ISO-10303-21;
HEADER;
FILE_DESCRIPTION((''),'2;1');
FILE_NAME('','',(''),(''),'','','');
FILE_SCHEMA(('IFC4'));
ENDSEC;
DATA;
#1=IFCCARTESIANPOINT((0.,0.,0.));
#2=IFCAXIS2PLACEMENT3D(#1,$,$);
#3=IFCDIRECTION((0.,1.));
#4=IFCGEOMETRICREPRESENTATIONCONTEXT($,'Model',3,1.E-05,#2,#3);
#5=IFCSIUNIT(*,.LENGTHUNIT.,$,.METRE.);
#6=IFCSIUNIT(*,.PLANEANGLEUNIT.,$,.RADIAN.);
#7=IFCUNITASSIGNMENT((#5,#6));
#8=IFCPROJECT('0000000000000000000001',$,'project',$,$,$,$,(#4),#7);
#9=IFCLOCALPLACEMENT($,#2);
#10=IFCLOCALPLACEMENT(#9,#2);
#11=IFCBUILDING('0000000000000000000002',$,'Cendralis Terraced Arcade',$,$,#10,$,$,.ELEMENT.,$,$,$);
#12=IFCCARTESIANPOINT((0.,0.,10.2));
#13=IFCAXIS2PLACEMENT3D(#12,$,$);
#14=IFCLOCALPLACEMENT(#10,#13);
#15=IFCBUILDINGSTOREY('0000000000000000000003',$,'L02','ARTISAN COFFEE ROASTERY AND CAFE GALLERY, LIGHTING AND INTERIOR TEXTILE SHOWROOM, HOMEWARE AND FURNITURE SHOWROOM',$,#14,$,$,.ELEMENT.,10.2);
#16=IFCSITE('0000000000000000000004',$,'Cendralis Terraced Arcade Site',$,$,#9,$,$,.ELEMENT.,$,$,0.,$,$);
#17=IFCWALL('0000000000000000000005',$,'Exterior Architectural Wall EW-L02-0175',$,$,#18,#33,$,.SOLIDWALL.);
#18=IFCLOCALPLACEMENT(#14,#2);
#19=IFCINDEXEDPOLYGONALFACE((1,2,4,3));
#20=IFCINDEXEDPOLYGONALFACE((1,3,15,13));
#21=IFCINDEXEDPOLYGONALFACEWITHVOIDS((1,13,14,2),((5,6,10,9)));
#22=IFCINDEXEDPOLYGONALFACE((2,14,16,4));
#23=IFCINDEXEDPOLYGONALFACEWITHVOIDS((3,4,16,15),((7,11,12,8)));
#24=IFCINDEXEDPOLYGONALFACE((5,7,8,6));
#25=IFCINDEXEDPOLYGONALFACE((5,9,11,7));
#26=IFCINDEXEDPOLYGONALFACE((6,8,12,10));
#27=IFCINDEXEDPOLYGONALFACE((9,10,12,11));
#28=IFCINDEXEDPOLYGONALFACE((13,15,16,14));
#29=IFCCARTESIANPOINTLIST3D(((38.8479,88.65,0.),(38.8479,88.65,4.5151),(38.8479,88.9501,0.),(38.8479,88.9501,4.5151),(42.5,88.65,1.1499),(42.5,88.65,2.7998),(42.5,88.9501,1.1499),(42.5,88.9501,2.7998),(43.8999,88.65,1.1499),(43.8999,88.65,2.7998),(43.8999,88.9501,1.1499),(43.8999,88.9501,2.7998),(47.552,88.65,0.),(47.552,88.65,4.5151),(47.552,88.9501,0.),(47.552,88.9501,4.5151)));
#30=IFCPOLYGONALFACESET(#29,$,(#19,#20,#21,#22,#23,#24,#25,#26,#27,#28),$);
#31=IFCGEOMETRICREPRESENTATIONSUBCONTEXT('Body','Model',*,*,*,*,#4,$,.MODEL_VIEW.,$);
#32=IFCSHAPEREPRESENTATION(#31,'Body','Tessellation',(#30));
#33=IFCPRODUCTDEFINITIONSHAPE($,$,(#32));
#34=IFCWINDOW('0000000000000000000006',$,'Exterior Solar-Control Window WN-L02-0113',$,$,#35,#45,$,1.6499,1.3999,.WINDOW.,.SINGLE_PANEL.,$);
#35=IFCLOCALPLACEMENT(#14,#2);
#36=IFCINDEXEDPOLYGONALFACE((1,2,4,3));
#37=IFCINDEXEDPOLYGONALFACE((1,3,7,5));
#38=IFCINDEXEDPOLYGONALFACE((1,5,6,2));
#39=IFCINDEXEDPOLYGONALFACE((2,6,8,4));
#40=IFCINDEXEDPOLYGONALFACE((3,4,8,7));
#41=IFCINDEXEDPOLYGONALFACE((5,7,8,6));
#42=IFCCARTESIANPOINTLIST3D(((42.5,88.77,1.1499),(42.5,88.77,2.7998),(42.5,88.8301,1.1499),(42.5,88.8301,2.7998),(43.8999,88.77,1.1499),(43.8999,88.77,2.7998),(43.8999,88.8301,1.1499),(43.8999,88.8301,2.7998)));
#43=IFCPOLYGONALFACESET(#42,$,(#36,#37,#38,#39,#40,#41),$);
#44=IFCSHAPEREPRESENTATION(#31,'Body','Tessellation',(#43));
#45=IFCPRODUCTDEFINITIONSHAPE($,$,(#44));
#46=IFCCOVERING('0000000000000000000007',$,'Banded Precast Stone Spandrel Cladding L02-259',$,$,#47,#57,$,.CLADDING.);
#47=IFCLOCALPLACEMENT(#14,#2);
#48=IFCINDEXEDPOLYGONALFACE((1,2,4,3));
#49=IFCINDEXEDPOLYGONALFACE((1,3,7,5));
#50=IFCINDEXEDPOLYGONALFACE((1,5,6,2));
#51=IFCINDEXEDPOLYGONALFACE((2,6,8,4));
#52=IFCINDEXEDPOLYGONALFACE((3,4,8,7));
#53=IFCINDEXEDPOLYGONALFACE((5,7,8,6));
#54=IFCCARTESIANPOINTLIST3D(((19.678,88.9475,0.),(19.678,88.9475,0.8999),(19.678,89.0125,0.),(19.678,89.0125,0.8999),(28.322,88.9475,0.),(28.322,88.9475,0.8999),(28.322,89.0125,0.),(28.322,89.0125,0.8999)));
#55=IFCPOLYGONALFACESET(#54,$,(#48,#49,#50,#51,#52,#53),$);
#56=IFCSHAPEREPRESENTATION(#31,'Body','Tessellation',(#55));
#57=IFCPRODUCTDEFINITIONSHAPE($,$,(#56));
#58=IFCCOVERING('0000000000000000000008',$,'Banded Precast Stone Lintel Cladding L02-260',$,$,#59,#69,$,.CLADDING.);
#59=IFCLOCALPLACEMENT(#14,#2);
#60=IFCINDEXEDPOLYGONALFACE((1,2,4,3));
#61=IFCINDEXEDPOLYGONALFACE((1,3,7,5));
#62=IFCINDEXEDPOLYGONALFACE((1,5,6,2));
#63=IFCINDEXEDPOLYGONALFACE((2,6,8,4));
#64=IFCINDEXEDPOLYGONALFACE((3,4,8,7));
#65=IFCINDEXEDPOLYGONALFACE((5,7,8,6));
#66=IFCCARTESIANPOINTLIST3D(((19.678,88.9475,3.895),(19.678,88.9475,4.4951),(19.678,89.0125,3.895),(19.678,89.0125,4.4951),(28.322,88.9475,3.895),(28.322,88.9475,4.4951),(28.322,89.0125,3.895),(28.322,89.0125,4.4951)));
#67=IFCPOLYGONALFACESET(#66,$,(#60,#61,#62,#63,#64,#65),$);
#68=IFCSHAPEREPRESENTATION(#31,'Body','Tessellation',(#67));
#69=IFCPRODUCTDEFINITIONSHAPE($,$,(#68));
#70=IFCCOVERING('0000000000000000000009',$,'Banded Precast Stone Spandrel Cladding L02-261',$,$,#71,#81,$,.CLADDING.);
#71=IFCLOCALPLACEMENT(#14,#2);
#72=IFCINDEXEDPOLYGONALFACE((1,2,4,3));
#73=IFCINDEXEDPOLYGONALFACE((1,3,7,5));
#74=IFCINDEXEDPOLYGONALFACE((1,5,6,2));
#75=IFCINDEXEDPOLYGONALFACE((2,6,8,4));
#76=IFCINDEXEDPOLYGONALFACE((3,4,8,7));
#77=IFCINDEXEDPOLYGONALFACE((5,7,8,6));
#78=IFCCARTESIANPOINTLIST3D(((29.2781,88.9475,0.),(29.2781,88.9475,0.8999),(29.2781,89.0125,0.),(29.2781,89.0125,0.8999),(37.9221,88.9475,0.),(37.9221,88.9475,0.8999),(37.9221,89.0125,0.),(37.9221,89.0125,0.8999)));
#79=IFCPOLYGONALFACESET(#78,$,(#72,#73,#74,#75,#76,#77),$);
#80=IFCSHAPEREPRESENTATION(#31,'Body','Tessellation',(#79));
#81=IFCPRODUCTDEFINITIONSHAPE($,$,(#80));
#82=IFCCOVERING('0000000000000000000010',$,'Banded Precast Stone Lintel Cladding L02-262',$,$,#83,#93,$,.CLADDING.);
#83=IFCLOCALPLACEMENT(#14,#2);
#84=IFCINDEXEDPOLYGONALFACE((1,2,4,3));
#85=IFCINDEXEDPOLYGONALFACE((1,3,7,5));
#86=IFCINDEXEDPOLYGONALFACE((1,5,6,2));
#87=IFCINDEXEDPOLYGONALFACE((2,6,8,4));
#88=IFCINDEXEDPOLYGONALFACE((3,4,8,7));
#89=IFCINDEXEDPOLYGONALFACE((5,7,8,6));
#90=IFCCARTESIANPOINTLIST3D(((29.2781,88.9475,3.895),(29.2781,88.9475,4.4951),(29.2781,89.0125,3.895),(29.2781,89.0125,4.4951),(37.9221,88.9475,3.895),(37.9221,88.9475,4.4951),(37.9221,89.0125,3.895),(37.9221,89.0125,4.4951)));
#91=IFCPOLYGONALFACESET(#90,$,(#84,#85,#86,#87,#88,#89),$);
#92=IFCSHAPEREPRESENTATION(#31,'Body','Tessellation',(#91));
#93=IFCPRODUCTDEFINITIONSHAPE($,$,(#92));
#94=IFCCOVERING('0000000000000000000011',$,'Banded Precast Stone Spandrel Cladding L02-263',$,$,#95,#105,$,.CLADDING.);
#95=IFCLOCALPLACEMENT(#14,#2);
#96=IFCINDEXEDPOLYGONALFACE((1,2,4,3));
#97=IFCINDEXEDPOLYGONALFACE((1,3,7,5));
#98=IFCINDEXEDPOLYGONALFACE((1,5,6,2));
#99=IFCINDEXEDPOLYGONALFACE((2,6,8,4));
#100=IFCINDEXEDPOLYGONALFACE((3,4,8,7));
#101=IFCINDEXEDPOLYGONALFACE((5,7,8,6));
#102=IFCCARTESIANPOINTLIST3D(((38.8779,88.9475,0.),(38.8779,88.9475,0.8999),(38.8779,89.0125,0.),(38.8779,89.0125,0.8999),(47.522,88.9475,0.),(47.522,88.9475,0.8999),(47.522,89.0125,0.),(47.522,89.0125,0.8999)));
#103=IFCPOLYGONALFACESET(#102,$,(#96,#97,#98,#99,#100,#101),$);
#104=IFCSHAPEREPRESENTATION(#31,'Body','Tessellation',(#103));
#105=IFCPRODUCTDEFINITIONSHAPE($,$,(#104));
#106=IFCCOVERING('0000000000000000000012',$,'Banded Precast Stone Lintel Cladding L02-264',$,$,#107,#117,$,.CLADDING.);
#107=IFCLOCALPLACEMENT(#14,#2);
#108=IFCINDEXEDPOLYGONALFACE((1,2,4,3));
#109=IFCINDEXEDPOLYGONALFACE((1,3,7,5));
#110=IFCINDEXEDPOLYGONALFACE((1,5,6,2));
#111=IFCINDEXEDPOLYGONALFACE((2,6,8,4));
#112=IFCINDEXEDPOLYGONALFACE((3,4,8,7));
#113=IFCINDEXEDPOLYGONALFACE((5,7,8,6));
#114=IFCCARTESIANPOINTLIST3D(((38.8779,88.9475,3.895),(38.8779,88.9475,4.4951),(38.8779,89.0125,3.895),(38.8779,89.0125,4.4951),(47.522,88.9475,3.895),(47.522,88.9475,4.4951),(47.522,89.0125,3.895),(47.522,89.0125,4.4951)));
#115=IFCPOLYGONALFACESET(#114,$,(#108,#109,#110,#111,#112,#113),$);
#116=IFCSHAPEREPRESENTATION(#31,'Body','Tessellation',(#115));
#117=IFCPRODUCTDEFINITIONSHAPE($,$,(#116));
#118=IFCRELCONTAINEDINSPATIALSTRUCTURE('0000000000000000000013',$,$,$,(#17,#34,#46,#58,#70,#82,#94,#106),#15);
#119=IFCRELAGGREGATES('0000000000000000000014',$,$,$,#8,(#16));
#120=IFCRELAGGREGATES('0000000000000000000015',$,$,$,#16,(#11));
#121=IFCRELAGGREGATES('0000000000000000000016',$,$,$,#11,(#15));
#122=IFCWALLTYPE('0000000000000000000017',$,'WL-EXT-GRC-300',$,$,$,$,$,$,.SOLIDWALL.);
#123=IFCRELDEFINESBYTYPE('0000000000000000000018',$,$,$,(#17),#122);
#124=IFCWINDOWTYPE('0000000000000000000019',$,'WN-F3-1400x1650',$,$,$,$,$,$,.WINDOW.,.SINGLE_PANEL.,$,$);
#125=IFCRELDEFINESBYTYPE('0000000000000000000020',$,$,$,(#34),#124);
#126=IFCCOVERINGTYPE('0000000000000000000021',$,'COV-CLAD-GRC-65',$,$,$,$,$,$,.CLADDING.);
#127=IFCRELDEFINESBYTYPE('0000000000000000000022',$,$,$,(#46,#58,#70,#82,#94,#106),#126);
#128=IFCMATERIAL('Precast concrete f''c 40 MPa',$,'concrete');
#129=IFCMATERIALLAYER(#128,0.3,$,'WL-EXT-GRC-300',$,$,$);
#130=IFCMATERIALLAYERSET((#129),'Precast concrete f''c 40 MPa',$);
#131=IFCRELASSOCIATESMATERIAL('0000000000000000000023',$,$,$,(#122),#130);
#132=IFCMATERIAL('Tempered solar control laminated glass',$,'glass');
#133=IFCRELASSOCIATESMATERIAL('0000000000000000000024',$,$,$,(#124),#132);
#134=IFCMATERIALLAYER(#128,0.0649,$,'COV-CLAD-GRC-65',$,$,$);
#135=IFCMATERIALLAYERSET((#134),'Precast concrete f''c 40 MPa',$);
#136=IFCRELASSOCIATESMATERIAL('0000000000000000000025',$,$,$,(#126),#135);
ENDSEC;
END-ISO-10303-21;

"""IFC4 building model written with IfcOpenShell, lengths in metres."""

from ifc_helpers import new_model, si_unit, direction, frame, frame_2d, origin, origin_2d, place, context, subcontext, project, spatial, rectangle, extrude, material, layer, layer_set, type_object, element, fill, save


model = new_model("IFC4")

# Units and contexts
model_context = context("Model", 3, precision=1e-05, world=origin(), true_north=direction((0.0, 1.0)))
body_context = subcontext(model_context, "Body", "Model", "MODEL_VIEW")
ifc_project = project(units=[si_unit("LENGTHUNIT", "METRE"), si_unit("PLANEANGLEUNIT", "RADIAN")], contexts=[model_context])

# Site, building, storey
site_placement = place(None, origin())
site = spatial("IfcSite", under=ifc_project, at=site_placement, Name="Cendralis Terraced Arcade Site", CompositionType="ELEMENT", RefElevation=0.0)
building_placement = place(site_placement, origin())
building = spatial("IfcBuilding", under=site, at=building_placement, Name="Cendralis Terraced Arcade", CompositionType="ELEMENT")
storey_placement = place(building_placement, frame((0.0, 0.0, 10.2)))
storey = spatial("IfcBuildingStorey", under=building, at=storey_placement, Name="L02", Description="ARTISAN COFFEE ROASTERY AND CAFE GALLERY, LIGHTING AND INTERIOR TEXTILE SHOWROOM, HOMEWARE AND FURNITURE SHOWROOM", CompositionType="ELEMENT", Elevation=10.2)

# Wall, opening, window
ifc_material_1 = material(Name="Precast concrete f'c 40 MPa", Category="concrete")
ifc_layer_1 = layer(ifc_material_1, 0.3, Name="WL-EXT-GRC-300")
ifc_layer_set_1 = layer_set([ifc_layer_1], Name="Precast concrete f'c 40 MPa")
wall_type_1 = type_object("IfcWallType", Name="WL-EXT-GRC-300", PredefinedType="SOLIDWALL", material=ifc_layer_set_1)
ifc_material_2 = material(Name="Tempered solar control laminated glass", Category="glass")
wall_1_placement = place(storey_placement, frame((38.8479, 88.8, 0.0), z_axis=(0.0, 0.0, 1.0), x_axis=(1.0, 0.0, 0.0)))
wall_1 = element("IfcWall", 1, at=wall_1_placement, inside=storey, type_object=wall_type_1, Name="Exterior Architectural Wall EW-L02-0175", PredefinedType="SOLIDWALL", context=body_context, shape_type="SweptSolid", body=[
    extrude(rectangle(XDim=8.7041, YDim=0.3, at=frame_2d((4.3521, 0.0))), origin(), (0.0, 0.0, 1.0), 4.5151),
])
opening_1_placement = place(wall_1_placement, frame((3.6521, 0.0, 1.1499)))
opening_1 = element("IfcOpeningElement", 2, at=opening_1_placement, cuts=wall_1, PredefinedType="OPENING", context=body_context, shape_type="SweptSolid", body=[
    extrude(rectangle(XDim=1.3999, YDim=1.6499, at=frame_2d((0.7, 0.825))), frame((0.0, 0.1621, 0.0), z_axis=(0.0, -1.0, 0.0), x_axis=(1.0, 0.0, 0.0)), (0.0, 0.0, 1.0), 0.324),
])
window_type_1 = type_object("IfcWindowType", Name="WN-F3-1400x1650", PartitioningType="SINGLE_PANEL", PredefinedType="WINDOW", material=ifc_material_2)
window_1_placement = place(opening_1_placement, origin())
window_1 = element("IfcWindow", 3, at=window_1_placement, inside=storey, type_object=window_type_1, Name="Exterior Solar-Control Window WN-L02-0113", OverallHeight=1.6499, OverallWidth=1.3999, PartitioningType="SINGLE_PANEL", PredefinedType="WINDOW", context=body_context, shape_type="SweptSolid", body=[
    extrude(rectangle(XDim=1.3999, YDim=1.6499, at=frame_2d((0.7, 0.825))), frame((0.0, 0.03, 0.0), z_axis=(0.0, -1.0, 0.0), x_axis=(1.0, 0.0, 0.0)), (0.0, 0.0, 1.0), 0.0601),
])
fill(opening_1, window_1)

# Coverings
ifc_layer_2 = layer(ifc_material_1, 0.0649, Name="COV-CLAD-GRC-65")
ifc_layer_set_2 = layer_set([ifc_layer_2], Name="Precast concrete f'c 40 MPa")
covering_type = type_object("IfcCoveringType", Name="COV-CLAD-GRC-65", PredefinedType="CLADDING", material=ifc_layer_set_2)
covering_1_placement = place(storey_placement, frame((24.0, 88.98, 0.0), z_axis=(0.0, 0.0, 1.0), x_axis=(1.0, 0.0, 0.0)))
element("IfcCovering", 4, at=covering_1_placement, inside=storey, type_object=covering_type, Name="Banded Precast Stone Spandrel Cladding L02-259", PredefinedType="CLADDING", context=body_context, shape_type="SweptSolid", body=[
    extrude(rectangle(XDim=8.644, YDim=0.0649, at=origin_2d()), origin(), (0.0, 0.0, 1.0), 0.8999),
])
covering_2_placement = place(storey_placement, frame((24.0, 88.98, 3.895), z_axis=(0.0, 0.0, 1.0), x_axis=(1.0, 0.0, 0.0)))
element("IfcCovering", 5, at=covering_2_placement, inside=storey, type_object=covering_type, Name="Banded Precast Stone Lintel Cladding L02-260", PredefinedType="CLADDING", context=body_context, shape_type="SweptSolid", body=[
    extrude(rectangle(XDim=8.644, YDim=0.0649, at=origin_2d()), origin(), (0.0, 0.0, 1.0), 0.6001),
])
covering_3_placement = place(storey_placement, frame((33.6001, 88.98, 0.0), z_axis=(0.0, 0.0, 1.0), x_axis=(1.0, 0.0, 0.0)))
element("IfcCovering", 6, at=covering_3_placement, inside=storey, type_object=covering_type, Name="Banded Precast Stone Spandrel Cladding L02-261", PredefinedType="CLADDING", context=body_context, shape_type="SweptSolid", body=[
    extrude(rectangle(XDim=8.644, YDim=0.0649, at=origin_2d()), origin(), (0.0, 0.0, 1.0), 0.8999),
])
covering_4_placement = place(storey_placement, frame((33.6001, 88.98, 3.895), z_axis=(0.0, 0.0, 1.0), x_axis=(1.0, 0.0, 0.0)))
element("IfcCovering", 7, at=covering_4_placement, inside=storey, type_object=covering_type, Name="Banded Precast Stone Lintel Cladding L02-262", PredefinedType="CLADDING", context=body_context, shape_type="SweptSolid", body=[
    extrude(rectangle(XDim=8.644, YDim=0.0649, at=origin_2d()), origin(), (0.0, 0.0, 1.0), 0.6001),
])
covering_5_placement = place(storey_placement, frame((43.2, 88.98, 0.0), z_axis=(0.0, 0.0, 1.0), x_axis=(1.0, 0.0, 0.0)))
element("IfcCovering", 8, at=covering_5_placement, inside=storey, type_object=covering_type, Name="Banded Precast Stone Spandrel Cladding L02-263", PredefinedType="CLADDING", context=body_context, shape_type="SweptSolid", body=[
    extrude(rectangle(XDim=8.644, YDim=0.0649, at=origin_2d()), origin(), (0.0, 0.0, 1.0), 0.8999),
])
covering_6_placement = place(storey_placement, frame((43.2, 88.98, 3.895), z_axis=(0.0, 0.0, 1.0), x_axis=(1.0, 0.0, 0.0)))
element("IfcCovering", 9, at=covering_6_placement, inside=storey, type_object=covering_type, Name="Banded Precast Stone Lintel Cladding L02-264", PredefinedType="CLADDING", context=body_context, shape_type="SweptSolid", body=[
    extrude(rectangle(XDim=8.644, YDim=0.0649, at=origin_2d()), origin(), (0.0, 0.0, 1.0), 0.6001),
])

save(model, "model.ifc")
